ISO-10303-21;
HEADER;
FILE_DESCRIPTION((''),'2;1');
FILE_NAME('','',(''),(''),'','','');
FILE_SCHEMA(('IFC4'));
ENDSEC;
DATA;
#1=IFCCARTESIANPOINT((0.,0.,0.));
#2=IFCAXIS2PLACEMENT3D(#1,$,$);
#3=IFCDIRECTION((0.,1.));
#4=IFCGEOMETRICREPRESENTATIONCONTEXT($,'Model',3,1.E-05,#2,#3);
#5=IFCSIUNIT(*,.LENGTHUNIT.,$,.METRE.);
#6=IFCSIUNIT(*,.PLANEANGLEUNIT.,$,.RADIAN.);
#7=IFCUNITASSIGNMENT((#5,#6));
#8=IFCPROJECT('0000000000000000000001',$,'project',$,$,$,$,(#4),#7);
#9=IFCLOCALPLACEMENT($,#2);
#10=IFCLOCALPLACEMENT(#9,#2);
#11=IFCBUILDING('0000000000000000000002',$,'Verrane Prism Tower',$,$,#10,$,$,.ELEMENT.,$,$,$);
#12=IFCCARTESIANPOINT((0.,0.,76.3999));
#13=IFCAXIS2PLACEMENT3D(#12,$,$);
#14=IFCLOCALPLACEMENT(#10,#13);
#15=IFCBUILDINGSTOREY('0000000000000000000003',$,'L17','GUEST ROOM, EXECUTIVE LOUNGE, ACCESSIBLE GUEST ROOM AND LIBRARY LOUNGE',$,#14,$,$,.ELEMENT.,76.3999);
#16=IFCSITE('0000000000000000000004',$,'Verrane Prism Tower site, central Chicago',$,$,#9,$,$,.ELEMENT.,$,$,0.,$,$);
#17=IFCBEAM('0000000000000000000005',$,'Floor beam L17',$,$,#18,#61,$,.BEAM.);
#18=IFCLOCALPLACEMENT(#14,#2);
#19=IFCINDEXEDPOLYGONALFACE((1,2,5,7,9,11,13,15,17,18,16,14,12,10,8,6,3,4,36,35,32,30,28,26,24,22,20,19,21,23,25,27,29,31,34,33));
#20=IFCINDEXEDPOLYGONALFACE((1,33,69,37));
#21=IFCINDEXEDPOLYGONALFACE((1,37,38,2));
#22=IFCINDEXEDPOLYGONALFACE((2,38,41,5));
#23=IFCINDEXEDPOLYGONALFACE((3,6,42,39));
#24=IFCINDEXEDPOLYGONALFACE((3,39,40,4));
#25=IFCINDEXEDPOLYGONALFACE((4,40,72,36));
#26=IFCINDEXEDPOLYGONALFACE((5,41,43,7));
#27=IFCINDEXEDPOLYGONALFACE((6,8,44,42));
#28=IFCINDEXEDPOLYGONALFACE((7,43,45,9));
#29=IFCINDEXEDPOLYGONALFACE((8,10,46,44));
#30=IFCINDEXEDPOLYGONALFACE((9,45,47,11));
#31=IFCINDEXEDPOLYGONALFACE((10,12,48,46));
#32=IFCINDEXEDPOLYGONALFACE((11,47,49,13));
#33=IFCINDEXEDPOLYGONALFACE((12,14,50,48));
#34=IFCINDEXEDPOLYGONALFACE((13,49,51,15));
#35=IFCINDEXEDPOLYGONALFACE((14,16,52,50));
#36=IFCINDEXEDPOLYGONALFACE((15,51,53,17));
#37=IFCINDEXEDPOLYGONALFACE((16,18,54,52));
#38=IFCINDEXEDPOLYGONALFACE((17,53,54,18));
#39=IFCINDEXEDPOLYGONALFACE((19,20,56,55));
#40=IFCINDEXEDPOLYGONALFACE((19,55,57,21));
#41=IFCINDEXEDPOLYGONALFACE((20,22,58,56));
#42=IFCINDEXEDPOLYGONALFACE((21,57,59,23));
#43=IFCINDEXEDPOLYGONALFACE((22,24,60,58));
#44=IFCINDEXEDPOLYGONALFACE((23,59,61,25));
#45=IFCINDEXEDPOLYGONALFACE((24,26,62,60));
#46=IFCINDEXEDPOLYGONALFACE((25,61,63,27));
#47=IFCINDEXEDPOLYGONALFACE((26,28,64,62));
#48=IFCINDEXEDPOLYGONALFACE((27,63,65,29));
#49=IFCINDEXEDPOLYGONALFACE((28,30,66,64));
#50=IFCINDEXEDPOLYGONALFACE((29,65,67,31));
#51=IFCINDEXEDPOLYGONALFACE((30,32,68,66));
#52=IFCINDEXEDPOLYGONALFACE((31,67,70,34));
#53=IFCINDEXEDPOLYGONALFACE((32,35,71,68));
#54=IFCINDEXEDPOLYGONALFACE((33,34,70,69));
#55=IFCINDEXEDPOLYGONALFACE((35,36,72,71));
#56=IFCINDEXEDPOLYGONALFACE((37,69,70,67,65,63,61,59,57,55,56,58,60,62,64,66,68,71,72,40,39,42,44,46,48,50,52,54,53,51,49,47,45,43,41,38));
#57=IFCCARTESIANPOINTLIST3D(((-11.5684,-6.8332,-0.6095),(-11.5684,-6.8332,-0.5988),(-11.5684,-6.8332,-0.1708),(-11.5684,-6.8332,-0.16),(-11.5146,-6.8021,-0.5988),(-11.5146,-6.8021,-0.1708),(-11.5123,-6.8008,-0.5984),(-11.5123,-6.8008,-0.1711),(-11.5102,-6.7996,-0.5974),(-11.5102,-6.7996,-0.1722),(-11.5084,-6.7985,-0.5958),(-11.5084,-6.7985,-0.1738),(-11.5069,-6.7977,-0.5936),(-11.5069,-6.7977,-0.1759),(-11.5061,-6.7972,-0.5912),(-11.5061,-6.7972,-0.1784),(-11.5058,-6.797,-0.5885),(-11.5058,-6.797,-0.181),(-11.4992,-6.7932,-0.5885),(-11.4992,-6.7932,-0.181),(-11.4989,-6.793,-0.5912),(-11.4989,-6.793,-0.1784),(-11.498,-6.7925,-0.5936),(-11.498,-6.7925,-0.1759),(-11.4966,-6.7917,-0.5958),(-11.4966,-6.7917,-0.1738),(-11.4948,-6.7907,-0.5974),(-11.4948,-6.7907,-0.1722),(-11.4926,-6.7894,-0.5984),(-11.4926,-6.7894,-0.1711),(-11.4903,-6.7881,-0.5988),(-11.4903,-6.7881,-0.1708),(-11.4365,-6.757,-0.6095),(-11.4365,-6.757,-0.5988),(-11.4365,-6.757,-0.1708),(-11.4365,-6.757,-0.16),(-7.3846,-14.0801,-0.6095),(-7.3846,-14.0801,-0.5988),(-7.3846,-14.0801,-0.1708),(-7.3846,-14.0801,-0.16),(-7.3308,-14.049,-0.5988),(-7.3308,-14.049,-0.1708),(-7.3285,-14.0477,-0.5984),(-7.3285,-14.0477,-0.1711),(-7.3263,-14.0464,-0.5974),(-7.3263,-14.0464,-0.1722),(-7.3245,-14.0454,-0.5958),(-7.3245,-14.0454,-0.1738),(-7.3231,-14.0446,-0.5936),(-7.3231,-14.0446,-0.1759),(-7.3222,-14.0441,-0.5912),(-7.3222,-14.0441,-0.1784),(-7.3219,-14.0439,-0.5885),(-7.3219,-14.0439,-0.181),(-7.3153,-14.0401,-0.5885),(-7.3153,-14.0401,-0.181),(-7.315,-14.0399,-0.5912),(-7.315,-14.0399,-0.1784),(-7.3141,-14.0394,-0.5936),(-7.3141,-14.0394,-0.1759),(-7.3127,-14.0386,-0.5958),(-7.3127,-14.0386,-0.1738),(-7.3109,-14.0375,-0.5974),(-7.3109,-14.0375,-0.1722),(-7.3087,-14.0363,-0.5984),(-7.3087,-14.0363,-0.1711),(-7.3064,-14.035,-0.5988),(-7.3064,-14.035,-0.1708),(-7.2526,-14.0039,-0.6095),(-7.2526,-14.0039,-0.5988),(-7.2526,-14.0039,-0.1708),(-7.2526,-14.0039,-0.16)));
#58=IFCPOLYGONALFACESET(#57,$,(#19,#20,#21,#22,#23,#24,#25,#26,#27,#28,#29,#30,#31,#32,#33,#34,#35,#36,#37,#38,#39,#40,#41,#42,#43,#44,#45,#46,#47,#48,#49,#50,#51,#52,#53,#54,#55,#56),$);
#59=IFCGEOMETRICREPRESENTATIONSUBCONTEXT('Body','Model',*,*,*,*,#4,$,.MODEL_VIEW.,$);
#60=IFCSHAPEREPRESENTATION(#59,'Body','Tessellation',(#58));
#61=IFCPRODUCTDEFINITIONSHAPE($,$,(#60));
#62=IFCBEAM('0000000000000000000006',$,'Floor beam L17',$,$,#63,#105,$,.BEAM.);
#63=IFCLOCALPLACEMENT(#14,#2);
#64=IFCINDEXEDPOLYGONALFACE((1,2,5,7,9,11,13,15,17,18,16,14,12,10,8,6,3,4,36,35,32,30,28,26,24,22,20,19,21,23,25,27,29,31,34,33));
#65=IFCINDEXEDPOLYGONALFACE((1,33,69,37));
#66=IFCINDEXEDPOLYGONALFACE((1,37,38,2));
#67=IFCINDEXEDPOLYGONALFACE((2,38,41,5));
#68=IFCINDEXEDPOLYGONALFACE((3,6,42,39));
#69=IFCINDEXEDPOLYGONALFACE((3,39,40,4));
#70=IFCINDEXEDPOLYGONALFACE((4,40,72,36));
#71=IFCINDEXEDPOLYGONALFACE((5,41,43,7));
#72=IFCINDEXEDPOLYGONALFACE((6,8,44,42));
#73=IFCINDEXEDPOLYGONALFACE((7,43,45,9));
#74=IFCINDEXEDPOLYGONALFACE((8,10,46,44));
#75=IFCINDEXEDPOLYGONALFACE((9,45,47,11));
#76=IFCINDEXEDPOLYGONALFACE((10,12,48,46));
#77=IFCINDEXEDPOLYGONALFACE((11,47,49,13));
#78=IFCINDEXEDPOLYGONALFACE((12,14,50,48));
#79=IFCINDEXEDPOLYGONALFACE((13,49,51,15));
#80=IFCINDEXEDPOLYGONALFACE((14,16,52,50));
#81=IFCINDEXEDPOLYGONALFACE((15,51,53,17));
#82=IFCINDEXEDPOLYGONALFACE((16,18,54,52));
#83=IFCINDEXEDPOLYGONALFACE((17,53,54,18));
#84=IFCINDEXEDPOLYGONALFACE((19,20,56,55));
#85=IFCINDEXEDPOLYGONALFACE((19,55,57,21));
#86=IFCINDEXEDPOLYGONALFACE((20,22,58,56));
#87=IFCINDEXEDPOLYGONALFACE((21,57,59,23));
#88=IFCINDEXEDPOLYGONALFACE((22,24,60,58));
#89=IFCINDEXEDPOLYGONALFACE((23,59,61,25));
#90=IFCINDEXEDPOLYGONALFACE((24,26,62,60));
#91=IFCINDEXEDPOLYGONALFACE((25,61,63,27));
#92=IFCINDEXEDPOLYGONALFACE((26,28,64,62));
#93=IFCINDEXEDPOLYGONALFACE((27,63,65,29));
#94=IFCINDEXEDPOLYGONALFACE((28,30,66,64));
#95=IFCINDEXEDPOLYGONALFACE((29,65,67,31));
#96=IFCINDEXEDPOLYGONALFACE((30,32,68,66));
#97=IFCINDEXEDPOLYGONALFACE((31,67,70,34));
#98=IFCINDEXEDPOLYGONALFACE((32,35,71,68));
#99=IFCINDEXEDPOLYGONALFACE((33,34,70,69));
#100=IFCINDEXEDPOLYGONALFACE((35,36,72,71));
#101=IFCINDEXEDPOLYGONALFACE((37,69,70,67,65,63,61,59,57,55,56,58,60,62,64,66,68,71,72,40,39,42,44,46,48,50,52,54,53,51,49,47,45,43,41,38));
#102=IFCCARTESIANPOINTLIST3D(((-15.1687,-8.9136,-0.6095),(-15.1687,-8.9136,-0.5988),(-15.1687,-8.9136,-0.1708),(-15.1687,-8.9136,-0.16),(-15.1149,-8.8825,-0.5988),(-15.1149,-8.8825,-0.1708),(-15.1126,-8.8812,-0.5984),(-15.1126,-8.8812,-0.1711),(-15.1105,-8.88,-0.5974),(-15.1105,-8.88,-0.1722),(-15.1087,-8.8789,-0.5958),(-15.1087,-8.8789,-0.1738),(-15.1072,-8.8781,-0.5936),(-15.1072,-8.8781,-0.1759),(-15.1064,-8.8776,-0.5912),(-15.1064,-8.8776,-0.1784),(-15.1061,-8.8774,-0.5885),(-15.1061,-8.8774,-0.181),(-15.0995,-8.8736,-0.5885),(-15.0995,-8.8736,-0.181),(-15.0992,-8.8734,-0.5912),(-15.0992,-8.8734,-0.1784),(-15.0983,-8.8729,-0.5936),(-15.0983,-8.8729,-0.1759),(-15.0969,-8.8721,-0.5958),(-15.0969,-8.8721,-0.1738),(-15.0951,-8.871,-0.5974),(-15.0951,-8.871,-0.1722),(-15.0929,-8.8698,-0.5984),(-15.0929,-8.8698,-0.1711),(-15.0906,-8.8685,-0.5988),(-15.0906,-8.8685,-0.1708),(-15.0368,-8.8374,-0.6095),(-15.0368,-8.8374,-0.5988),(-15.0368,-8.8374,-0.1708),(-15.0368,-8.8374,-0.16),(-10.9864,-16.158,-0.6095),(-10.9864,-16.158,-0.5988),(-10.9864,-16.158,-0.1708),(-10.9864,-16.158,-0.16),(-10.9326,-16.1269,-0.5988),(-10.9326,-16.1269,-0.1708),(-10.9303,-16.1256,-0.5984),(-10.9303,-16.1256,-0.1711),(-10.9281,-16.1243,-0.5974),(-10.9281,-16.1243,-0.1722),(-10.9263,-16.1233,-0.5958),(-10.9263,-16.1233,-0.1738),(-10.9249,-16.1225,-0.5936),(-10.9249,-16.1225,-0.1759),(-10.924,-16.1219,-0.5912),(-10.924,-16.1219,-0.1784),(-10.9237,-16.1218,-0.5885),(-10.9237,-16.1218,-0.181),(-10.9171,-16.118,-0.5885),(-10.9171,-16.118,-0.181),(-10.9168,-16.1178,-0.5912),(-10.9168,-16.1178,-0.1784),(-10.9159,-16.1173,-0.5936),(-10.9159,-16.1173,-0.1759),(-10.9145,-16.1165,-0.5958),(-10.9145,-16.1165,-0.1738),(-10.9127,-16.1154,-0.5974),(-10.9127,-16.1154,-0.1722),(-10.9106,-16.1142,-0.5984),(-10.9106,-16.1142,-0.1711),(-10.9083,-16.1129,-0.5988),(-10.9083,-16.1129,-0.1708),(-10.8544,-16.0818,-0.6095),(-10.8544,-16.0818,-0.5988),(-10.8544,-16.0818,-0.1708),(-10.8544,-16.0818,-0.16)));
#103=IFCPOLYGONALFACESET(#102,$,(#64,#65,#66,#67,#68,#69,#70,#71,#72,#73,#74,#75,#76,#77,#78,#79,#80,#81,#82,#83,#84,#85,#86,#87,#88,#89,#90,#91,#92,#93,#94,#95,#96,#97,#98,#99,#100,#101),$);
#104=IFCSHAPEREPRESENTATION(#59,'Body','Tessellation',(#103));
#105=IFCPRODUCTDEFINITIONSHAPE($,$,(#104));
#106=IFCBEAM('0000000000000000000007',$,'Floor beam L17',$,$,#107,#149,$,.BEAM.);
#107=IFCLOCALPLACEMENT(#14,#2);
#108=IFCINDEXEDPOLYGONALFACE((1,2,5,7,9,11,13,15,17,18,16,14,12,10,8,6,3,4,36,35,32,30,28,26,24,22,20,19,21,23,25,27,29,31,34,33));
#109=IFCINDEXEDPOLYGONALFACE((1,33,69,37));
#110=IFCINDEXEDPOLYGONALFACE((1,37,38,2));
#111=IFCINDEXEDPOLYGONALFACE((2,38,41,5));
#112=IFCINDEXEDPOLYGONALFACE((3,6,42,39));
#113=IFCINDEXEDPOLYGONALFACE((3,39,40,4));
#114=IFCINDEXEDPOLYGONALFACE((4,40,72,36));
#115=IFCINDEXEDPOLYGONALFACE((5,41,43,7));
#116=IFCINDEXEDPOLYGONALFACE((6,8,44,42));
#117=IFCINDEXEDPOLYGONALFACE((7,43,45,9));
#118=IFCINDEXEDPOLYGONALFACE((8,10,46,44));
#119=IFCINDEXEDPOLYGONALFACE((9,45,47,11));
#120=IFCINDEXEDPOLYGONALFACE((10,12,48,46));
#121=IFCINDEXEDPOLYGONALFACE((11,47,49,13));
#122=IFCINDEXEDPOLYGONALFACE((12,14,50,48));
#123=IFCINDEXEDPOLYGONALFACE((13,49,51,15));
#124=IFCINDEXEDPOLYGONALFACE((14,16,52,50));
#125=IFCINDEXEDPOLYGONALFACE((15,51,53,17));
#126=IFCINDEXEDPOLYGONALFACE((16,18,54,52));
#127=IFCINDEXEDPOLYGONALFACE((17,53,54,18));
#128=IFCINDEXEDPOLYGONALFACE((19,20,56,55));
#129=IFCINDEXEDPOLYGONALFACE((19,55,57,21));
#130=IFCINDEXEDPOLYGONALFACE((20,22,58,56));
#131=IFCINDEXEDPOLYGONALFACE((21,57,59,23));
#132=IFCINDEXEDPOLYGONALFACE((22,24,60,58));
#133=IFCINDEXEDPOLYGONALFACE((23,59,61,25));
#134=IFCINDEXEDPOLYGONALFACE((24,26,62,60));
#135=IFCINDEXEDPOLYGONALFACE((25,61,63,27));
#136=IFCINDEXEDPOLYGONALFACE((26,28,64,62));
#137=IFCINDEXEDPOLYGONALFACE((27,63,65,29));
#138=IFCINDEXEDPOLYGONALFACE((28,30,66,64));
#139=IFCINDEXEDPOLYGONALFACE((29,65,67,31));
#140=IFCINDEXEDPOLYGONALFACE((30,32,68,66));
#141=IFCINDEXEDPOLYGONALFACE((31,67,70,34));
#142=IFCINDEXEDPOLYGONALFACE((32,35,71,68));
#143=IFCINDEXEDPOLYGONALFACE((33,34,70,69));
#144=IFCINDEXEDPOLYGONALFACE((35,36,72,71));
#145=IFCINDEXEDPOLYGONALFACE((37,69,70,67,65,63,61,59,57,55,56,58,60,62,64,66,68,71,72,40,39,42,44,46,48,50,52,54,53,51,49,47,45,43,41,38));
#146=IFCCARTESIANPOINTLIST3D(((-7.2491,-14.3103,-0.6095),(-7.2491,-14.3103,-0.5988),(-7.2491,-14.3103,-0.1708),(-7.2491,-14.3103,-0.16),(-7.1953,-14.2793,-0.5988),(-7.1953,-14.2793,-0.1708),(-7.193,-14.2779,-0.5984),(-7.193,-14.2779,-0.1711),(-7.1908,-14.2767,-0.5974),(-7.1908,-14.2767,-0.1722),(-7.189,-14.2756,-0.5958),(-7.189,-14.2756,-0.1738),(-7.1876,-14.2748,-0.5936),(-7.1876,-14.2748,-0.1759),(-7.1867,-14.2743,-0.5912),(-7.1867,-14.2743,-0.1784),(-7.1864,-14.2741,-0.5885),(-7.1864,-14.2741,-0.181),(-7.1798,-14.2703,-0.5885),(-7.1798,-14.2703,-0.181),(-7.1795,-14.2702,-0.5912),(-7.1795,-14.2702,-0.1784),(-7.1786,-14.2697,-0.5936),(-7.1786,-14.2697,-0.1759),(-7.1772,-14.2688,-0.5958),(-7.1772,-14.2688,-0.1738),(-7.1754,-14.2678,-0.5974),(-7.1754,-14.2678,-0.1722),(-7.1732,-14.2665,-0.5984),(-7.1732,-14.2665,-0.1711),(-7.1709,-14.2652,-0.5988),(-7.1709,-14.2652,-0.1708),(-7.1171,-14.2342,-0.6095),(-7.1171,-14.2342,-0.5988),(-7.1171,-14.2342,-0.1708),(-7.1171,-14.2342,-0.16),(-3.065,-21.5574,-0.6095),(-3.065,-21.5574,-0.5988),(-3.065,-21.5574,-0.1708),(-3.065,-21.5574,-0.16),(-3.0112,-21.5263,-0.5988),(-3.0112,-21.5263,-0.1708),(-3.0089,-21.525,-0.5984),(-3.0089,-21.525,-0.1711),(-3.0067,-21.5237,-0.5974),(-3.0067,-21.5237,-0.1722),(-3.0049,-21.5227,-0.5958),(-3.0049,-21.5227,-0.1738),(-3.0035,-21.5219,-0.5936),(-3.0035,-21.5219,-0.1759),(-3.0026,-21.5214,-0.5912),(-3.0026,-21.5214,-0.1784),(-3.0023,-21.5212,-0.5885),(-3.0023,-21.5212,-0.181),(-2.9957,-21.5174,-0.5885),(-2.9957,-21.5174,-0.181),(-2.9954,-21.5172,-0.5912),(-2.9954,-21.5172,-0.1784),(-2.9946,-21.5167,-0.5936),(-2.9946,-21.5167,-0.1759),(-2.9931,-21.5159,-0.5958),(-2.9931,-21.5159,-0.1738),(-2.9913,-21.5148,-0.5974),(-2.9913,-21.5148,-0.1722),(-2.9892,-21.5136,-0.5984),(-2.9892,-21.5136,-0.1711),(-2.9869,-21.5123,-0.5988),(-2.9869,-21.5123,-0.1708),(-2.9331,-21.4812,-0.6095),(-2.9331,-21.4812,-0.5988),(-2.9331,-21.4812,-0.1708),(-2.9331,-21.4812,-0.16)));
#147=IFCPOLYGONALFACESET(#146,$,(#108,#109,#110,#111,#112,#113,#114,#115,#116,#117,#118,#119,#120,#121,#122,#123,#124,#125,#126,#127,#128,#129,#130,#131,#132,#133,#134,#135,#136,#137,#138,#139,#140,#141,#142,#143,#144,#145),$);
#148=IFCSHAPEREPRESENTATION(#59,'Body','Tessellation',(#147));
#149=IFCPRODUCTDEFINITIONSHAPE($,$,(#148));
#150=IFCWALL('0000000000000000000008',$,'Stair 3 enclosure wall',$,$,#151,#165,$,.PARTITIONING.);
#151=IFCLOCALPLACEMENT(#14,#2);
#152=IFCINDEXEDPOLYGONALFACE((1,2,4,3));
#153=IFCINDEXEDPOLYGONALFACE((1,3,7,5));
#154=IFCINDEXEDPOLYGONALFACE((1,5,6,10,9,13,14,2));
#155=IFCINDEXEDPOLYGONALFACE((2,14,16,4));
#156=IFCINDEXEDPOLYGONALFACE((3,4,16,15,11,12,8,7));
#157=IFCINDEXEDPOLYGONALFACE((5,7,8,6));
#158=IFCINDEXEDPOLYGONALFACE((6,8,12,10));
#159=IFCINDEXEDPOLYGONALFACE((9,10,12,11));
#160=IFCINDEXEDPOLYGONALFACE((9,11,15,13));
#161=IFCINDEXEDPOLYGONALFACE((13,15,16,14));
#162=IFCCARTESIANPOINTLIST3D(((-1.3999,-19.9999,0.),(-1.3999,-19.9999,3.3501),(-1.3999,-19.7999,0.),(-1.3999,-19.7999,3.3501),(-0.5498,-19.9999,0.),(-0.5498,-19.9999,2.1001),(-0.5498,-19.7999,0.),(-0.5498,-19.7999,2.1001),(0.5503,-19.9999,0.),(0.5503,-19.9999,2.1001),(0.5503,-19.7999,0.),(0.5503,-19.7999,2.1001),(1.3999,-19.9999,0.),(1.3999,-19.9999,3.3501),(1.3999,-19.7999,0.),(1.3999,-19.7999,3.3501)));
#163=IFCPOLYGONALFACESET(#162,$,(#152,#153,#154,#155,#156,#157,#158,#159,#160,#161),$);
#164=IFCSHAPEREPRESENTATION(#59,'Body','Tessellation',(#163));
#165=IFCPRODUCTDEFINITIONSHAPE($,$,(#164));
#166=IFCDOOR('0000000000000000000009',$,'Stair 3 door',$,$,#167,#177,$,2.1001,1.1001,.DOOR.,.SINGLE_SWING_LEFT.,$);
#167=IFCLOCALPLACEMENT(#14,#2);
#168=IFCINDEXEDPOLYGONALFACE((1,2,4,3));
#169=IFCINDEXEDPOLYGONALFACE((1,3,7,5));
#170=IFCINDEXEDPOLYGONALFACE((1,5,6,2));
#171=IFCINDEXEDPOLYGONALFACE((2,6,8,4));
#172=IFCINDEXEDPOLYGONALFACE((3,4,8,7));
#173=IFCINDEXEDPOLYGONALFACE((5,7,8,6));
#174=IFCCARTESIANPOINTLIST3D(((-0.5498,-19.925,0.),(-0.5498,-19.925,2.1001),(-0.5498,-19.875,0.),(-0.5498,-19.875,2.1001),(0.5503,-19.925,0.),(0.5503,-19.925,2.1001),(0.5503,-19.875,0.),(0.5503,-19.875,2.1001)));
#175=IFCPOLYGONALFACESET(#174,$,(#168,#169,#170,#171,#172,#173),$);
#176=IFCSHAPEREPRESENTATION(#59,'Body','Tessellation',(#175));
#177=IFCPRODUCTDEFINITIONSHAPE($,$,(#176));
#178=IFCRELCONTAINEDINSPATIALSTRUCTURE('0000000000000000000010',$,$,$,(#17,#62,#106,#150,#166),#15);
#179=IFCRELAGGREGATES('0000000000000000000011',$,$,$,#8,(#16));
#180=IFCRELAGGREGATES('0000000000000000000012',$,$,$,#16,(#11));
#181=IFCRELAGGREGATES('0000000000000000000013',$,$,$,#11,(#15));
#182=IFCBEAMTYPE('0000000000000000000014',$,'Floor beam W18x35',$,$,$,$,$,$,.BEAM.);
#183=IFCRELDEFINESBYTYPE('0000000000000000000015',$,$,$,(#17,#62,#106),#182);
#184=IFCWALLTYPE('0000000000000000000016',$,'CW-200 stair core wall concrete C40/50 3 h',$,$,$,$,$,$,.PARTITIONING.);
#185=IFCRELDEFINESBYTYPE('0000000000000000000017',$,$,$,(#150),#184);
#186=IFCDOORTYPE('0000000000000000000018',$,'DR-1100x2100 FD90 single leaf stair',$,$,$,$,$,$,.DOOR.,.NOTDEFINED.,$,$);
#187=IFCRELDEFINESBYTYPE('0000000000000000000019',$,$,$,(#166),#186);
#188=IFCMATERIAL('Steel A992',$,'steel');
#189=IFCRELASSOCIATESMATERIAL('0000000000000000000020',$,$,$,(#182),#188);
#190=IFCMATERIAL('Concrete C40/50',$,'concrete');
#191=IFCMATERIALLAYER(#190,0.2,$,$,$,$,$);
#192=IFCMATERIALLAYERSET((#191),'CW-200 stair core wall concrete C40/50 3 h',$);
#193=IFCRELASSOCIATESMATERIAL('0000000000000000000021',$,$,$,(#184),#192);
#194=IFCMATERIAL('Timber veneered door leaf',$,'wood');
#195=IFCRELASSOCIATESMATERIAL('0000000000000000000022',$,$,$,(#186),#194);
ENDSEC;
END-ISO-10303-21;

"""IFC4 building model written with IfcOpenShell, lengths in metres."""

from ifc_helpers import new_model, si_unit, direction, frame, frame_2d, origin, origin_2d, place, context, subcontext, project, spatial, rectangle, i_section, extrude, material, layer, layer_set, material_profile, profile_set, type_object, element, fill, save


model = new_model("IFC4")

# Units and contexts
model_context = context("Model", 3, precision=1e-05, world=origin(), true_north=direction((0.0, 1.0)))
body_context = subcontext(model_context, "Body", "Model", "MODEL_VIEW")
ifc_project = project(units=[si_unit("LENGTHUNIT", "METRE"), si_unit("PLANEANGLEUNIT", "RADIAN")], contexts=[model_context])

# Site, building, storey
site_placement = place(None, origin())
site = spatial("IfcSite", under=ifc_project, at=site_placement, Name="Verrane Prism Tower site, central Chicago", CompositionType="ELEMENT", RefElevation=0.0)
building_placement = place(site_placement, origin())
building = spatial("IfcBuilding", under=site, at=building_placement, Name="Verrane Prism Tower", CompositionType="ELEMENT")
storey_placement = place(building_placement, frame((0.0, 0.0, 76.3999)))
storey = spatial("IfcBuildingStorey", under=building, at=storey_placement, Name="L17", Description="GUEST ROOM, EXECUTIVE LOUNGE, ACCESSIBLE GUEST ROOM AND LIBRARY LOUNGE", CompositionType="ELEMENT", Elevation=76.3999)

# Beams
ifc_material_1 = material(Name="Steel A992", Category="steel")
ifc_material_profile_1 = material_profile(ifc_material_1, i_section(OverallWidth=0.1523, OverallDepth=0.4495, WebThickness=0.0076, FlangeThickness=0.0107, FilletRadius=0.0103, at=origin_2d()), Name="W18x35")
ifc_profile_set_1 = profile_set([ifc_material_profile_1], Name="Steel A992")
beam_type_1 = type_object("IfcBeamType", Name="Floor beam W18x35", PredefinedType="BEAM", material=ifc_profile_set_1)
beam_1_placement = place(storey_placement, frame((-7.3186, -14.042, -0.3848), z_axis=(-0.499989, 0.866032, 0.0), x_axis=(-0.866032, -0.499989, 0.0)))
element("IfcBeam", 1, at=beam_1_placement, inside=storey, type_object=beam_type_1, Name="Floor beam L17", PredefinedType="BEAM", context=body_context, shape_type="SweptSolid", body=[
    extrude(i_section(OverallWidth=0.1523, OverallDepth=0.4495, WebThickness=0.0076, FlangeThickness=0.0107, FilletRadius=0.0103, at=origin_2d()), origin(), (0.0, 0.0, 1.0), 8.3679),
])
beam_2_placement = place(storey_placement, frame((-10.9204, -16.1199, -0.3848), z_axis=(-0.499984, 0.866034, 0.0), x_axis=(-0.866034, -0.499984, 0.0)))
element("IfcBeam", 2, at=beam_2_placement, inside=storey, type_object=beam_type_1, Name="Floor beam L17", PredefinedType="BEAM", context=body_context, shape_type="SweptSolid", body=[
    extrude(i_section(OverallWidth=0.1523, OverallDepth=0.4495, WebThickness=0.0076, FlangeThickness=0.0107, FilletRadius=0.0103, at=origin_2d()), origin(), (0.0, 0.0, 1.0), 8.365),
])
beam_3_placement = place(storey_placement, frame((-2.999, -21.5193, -0.3848), z_axis=(-0.499999, 0.866026, 0.0), x_axis=(-0.866026, -0.499999, 0.0)))
element("IfcBeam", 3, at=beam_3_placement, inside=storey, type_object=beam_type_1, Name="Floor beam L17", PredefinedType="BEAM", context=body_context, shape_type="SweptSolid", body=[
    extrude(i_section(OverallWidth=0.1523, OverallDepth=0.4495, WebThickness=0.0076, FlangeThickness=0.0107, FilletRadius=0.0103, at=origin_2d()), origin(), (0.0, 0.0, 1.0), 8.3682),
])

# Wall, opening, door
ifc_material_2 = material(Name="Concrete C40/50", Category="concrete")
ifc_layer_1 = layer(ifc_material_2, 0.2)
ifc_layer_set_1 = layer_set([ifc_layer_1], Name="CW-200 stair core wall concrete C40/50 3 h")
wall_type_1 = type_object("IfcWallType", Name="CW-200 stair core wall concrete C40/50 3 h", PredefinedType="PARTITIONING", material=ifc_layer_set_1)
wall_1_placement = place(storey_placement, frame((-1.3999, -19.8999, 0.0), z_axis=(0.0, 0.0, 1.0), x_axis=(1.0, 0.0, 0.0)))
wall_1 = element("IfcWall", 4, at=wall_1_placement, inside=storey, type_object=wall_type_1, Name="Stair 3 enclosure wall", PredefinedType="PARTITIONING", context=body_context, shape_type="SweptSolid", body=[
    extrude(rectangle(XDim=2.7998, YDim=0.2, at=frame_2d((1.3999, 0.0))), origin(), (0.0, 0.0, 1.0), 3.3501),
])
opening_1_placement = place(wall_1_placement, frame((0.8501, 0.0, 0.0)))
opening_1 = element("IfcOpeningElement", 5, at=opening_1_placement, cuts=wall_1, PredefinedType="OPENING", context=body_context, shape_type="SweptSolid", body=[
    extrude(rectangle(XDim=1.1001, YDim=2.1001, at=frame_2d((0.55, 1.05))), frame((0.0, 0.1099, 0.0), z_axis=(0.0, -1.0, 0.0), x_axis=(1.0, 0.0, 0.0)), (0.0, 0.0, 1.0), 0.22),
])
ifc_material_3 = material(Name="Timber veneered door leaf", Category="wood")
door_type_1 = type_object("IfcDoorType", Name="DR-1100x2100 FD90 single leaf stair", OperationType="NOTDEFINED", PredefinedType="DOOR", material=ifc_material_3)
door_1_placement = place(opening_1_placement, origin())
door_1 = element("IfcDoor", 6, at=door_1_placement, inside=storey, type_object=door_type_1, Name="Stair 3 door", OperationType="SINGLE_SWING_LEFT", OverallHeight=2.1001, OverallWidth=1.1001, PredefinedType="DOOR", context=body_context, shape_type="SweptSolid", body=[
    extrude(rectangle(XDim=1.1001, YDim=2.1001, at=frame_2d((0.55, 1.05))), frame((0.0, 0.0249, 0.0), z_axis=(0.0, -1.0, 0.0), x_axis=(1.0, 0.0, 0.0)), (0.0, 0.0, 1.0), 0.05),
])
fill(opening_1, door_1)

save(model, "model.ifc")
